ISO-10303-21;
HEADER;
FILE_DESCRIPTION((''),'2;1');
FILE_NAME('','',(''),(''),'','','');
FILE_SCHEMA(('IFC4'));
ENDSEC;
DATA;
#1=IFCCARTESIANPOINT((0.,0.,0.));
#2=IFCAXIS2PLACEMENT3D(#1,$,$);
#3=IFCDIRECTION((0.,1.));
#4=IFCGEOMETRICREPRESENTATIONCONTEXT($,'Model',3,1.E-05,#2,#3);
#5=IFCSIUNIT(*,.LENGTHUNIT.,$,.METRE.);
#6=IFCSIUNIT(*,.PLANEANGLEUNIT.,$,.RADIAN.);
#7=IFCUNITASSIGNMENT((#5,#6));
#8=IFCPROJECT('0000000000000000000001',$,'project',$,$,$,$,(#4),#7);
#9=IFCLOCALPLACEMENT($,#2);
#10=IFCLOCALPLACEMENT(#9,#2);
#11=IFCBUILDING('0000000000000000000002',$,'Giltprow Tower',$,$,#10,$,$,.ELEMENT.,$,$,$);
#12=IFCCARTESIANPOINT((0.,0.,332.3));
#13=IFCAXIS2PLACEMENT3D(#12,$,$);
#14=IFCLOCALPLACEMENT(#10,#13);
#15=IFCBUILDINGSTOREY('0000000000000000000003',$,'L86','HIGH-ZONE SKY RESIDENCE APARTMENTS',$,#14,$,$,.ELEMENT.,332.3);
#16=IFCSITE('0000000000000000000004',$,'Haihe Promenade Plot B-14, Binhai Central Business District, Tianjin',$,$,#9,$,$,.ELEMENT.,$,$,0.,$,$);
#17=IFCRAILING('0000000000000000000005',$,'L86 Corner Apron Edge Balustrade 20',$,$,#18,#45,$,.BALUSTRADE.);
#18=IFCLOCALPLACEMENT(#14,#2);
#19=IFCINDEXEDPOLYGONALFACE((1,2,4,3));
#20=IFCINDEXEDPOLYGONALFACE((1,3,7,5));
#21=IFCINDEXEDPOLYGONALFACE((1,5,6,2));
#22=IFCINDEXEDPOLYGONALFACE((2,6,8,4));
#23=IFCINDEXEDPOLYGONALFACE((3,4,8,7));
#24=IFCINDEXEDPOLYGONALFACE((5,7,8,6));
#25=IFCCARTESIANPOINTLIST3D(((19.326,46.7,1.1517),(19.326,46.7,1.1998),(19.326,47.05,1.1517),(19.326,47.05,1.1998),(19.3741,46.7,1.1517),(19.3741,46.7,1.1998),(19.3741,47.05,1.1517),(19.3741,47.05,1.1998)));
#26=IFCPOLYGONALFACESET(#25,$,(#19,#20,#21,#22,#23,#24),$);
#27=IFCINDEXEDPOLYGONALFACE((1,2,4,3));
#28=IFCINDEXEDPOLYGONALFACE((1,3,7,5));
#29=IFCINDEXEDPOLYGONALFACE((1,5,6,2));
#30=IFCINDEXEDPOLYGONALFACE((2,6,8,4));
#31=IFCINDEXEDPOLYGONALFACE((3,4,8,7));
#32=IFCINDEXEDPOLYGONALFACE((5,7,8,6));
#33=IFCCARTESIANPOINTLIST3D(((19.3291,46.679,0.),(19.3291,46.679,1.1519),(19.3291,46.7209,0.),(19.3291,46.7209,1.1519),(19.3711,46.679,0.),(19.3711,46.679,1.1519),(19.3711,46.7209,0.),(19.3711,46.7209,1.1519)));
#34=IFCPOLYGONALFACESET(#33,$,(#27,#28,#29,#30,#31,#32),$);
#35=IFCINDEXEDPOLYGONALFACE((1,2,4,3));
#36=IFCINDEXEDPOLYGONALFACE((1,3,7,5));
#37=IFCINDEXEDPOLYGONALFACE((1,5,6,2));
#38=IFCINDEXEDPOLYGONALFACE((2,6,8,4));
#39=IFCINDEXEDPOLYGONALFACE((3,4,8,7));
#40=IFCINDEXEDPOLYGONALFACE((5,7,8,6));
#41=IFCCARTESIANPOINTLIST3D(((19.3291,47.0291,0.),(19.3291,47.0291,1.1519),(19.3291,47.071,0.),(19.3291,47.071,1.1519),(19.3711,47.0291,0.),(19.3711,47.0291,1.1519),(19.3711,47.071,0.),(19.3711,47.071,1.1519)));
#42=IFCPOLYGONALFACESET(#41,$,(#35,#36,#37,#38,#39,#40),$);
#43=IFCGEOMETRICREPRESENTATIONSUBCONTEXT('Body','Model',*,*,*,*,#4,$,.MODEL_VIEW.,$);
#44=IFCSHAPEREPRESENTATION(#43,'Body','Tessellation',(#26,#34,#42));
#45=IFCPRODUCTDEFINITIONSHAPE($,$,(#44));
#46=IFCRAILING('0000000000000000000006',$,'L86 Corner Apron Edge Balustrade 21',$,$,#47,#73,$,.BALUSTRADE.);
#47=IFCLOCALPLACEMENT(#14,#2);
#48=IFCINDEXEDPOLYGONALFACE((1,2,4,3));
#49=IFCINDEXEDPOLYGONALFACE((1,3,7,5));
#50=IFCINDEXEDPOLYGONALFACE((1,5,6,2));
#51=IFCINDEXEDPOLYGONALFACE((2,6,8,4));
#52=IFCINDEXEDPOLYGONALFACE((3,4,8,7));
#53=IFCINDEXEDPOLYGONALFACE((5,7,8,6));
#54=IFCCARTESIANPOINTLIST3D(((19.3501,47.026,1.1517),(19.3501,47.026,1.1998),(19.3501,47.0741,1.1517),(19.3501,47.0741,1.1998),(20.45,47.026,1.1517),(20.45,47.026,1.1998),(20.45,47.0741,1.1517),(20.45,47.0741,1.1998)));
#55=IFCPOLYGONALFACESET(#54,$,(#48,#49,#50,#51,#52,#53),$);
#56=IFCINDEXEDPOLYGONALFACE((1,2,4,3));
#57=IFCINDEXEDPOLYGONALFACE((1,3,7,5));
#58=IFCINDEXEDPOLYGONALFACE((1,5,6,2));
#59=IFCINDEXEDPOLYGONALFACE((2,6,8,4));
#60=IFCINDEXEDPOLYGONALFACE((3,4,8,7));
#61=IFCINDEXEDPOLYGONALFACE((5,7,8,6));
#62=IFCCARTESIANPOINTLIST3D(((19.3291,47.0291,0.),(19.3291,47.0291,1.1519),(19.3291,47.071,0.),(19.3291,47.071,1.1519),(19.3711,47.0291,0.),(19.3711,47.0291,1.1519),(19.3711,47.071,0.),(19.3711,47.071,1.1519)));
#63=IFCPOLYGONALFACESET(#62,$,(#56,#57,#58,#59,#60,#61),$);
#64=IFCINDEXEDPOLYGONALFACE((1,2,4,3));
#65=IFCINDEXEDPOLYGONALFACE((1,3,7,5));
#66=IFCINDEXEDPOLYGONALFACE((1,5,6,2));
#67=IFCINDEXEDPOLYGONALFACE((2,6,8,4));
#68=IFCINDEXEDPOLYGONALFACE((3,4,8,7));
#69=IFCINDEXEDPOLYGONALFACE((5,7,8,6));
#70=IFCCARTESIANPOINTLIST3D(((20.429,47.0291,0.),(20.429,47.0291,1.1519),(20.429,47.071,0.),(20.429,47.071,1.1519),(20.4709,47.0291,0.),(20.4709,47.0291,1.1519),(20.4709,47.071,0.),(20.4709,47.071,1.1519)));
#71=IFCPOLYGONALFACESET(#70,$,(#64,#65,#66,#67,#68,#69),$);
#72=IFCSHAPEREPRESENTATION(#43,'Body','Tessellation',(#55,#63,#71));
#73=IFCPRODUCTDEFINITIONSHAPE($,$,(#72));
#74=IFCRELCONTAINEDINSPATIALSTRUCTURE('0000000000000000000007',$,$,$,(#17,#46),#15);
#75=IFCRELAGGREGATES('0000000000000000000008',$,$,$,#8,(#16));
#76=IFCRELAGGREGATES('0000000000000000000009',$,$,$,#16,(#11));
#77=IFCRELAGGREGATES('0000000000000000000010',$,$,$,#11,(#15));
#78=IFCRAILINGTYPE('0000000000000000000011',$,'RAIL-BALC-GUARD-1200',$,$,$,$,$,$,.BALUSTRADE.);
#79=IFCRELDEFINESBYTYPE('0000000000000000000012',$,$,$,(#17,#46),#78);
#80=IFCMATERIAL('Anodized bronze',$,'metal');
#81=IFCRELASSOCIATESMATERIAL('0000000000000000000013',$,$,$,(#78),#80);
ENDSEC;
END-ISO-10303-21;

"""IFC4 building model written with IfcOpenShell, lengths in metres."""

from ifc_helpers import new_model, si_unit, direction, frame, origin, origin_2d, place, context, subcontext, project, spatial, rectangle, extrude, material, type_object, element, save


model = new_model("IFC4")

# Units and contexts
model_context = context("Model", 3, precision=1e-05, world=origin(), true_north=direction((0.0, 1.0)))
body_context = subcontext(model_context, "Body", "Model", "MODEL_VIEW")
ifc_project = project(units=[si_unit("LENGTHUNIT", "METRE"), si_unit("PLANEANGLEUNIT", "RADIAN")], contexts=[model_context])

# Site, building, storey
site_placement = place(None, origin())
site = spatial("IfcSite", under=ifc_project, at=site_placement, Name="Haihe Promenade Plot B-14, Binhai Central Business District, Tianjin", CompositionType="ELEMENT", RefElevation=0.0)
building_placement = place(site_placement, origin())
building = spatial("IfcBuilding", under=site, at=building_placement, Name="Giltprow Tower", CompositionType="ELEMENT")
storey_placement = place(building_placement, frame((0.0, 0.0, 332.3)))
storey = spatial("IfcBuildingStorey", under=building, at=storey_placement, Name="L86", Description="HIGH-ZONE SKY RESIDENCE APARTMENTS", CompositionType="ELEMENT", Elevation=332.3)

# Railings
ifc_material_1 = material(Name="Anodized bronze", Category="metal")
railing_type = type_object("IfcRailingType", Name="RAIL-BALC-GUARD-1200", PredefinedType="BALUSTRADE", material=ifc_material_1)
railing_1_placement = place(storey_placement, frame((19.3501, 46.7, 0.0)))
element("IfcRailing", 1, at=railing_1_placement, inside=storey, type_object=railing_type, Name="L86 Corner Apron Edge Balustrade 20", PredefinedType="BALUSTRADE", context=body_context, shape_type="SweptSolid", body=[
    extrude(rectangle(XDim=0.0481, YDim=0.0481, at=origin_2d()), frame((0.0, 0.0, 1.1758), z_axis=(0.0, 1.0, 0.0), x_axis=(-1.0, 0.0, 0.0)), (0.0, 0.0, 1.0), 0.3501),
    extrude(rectangle(XDim=0.042, YDim=0.042, at=origin_2d()), origin(), (0.0, 0.0, 1.0), 1.1519),
    extrude(rectangle(XDim=0.042, YDim=0.042, at=origin_2d()), frame((0.0, 0.3501, 0.0)), (0.0, 0.0, 1.0), 1.1519),
])
railing_2_placement = place(storey_placement, frame((19.3501, 47.05, 0.0)))
element("IfcRailing", 2, at=railing_2_placement, inside=storey, type_object=railing_type, Name="L86 Corner Apron Edge Balustrade 21", PredefinedType="BALUSTRADE", context=body_context, shape_type="SweptSolid", body=[
    extrude(rectangle(XDim=0.0481, YDim=0.0481, at=origin_2d()), frame((0.0, 0.0, 1.1758), z_axis=(1.0, 0.0, 0.0), x_axis=(0.0, 1.0, 0.0)), (0.0, 0.0, 1.0), 1.0999),
    extrude(rectangle(XDim=0.042, YDim=0.042, at=origin_2d()), origin(), (0.0, 0.0, 1.0), 1.1519),
    extrude(rectangle(XDim=0.042, YDim=0.042, at=origin_2d()), frame((1.0999, 0.0, 0.0)), (0.0, 0.0, 1.0), 1.1519),
])

save(model, "model.ifc")
